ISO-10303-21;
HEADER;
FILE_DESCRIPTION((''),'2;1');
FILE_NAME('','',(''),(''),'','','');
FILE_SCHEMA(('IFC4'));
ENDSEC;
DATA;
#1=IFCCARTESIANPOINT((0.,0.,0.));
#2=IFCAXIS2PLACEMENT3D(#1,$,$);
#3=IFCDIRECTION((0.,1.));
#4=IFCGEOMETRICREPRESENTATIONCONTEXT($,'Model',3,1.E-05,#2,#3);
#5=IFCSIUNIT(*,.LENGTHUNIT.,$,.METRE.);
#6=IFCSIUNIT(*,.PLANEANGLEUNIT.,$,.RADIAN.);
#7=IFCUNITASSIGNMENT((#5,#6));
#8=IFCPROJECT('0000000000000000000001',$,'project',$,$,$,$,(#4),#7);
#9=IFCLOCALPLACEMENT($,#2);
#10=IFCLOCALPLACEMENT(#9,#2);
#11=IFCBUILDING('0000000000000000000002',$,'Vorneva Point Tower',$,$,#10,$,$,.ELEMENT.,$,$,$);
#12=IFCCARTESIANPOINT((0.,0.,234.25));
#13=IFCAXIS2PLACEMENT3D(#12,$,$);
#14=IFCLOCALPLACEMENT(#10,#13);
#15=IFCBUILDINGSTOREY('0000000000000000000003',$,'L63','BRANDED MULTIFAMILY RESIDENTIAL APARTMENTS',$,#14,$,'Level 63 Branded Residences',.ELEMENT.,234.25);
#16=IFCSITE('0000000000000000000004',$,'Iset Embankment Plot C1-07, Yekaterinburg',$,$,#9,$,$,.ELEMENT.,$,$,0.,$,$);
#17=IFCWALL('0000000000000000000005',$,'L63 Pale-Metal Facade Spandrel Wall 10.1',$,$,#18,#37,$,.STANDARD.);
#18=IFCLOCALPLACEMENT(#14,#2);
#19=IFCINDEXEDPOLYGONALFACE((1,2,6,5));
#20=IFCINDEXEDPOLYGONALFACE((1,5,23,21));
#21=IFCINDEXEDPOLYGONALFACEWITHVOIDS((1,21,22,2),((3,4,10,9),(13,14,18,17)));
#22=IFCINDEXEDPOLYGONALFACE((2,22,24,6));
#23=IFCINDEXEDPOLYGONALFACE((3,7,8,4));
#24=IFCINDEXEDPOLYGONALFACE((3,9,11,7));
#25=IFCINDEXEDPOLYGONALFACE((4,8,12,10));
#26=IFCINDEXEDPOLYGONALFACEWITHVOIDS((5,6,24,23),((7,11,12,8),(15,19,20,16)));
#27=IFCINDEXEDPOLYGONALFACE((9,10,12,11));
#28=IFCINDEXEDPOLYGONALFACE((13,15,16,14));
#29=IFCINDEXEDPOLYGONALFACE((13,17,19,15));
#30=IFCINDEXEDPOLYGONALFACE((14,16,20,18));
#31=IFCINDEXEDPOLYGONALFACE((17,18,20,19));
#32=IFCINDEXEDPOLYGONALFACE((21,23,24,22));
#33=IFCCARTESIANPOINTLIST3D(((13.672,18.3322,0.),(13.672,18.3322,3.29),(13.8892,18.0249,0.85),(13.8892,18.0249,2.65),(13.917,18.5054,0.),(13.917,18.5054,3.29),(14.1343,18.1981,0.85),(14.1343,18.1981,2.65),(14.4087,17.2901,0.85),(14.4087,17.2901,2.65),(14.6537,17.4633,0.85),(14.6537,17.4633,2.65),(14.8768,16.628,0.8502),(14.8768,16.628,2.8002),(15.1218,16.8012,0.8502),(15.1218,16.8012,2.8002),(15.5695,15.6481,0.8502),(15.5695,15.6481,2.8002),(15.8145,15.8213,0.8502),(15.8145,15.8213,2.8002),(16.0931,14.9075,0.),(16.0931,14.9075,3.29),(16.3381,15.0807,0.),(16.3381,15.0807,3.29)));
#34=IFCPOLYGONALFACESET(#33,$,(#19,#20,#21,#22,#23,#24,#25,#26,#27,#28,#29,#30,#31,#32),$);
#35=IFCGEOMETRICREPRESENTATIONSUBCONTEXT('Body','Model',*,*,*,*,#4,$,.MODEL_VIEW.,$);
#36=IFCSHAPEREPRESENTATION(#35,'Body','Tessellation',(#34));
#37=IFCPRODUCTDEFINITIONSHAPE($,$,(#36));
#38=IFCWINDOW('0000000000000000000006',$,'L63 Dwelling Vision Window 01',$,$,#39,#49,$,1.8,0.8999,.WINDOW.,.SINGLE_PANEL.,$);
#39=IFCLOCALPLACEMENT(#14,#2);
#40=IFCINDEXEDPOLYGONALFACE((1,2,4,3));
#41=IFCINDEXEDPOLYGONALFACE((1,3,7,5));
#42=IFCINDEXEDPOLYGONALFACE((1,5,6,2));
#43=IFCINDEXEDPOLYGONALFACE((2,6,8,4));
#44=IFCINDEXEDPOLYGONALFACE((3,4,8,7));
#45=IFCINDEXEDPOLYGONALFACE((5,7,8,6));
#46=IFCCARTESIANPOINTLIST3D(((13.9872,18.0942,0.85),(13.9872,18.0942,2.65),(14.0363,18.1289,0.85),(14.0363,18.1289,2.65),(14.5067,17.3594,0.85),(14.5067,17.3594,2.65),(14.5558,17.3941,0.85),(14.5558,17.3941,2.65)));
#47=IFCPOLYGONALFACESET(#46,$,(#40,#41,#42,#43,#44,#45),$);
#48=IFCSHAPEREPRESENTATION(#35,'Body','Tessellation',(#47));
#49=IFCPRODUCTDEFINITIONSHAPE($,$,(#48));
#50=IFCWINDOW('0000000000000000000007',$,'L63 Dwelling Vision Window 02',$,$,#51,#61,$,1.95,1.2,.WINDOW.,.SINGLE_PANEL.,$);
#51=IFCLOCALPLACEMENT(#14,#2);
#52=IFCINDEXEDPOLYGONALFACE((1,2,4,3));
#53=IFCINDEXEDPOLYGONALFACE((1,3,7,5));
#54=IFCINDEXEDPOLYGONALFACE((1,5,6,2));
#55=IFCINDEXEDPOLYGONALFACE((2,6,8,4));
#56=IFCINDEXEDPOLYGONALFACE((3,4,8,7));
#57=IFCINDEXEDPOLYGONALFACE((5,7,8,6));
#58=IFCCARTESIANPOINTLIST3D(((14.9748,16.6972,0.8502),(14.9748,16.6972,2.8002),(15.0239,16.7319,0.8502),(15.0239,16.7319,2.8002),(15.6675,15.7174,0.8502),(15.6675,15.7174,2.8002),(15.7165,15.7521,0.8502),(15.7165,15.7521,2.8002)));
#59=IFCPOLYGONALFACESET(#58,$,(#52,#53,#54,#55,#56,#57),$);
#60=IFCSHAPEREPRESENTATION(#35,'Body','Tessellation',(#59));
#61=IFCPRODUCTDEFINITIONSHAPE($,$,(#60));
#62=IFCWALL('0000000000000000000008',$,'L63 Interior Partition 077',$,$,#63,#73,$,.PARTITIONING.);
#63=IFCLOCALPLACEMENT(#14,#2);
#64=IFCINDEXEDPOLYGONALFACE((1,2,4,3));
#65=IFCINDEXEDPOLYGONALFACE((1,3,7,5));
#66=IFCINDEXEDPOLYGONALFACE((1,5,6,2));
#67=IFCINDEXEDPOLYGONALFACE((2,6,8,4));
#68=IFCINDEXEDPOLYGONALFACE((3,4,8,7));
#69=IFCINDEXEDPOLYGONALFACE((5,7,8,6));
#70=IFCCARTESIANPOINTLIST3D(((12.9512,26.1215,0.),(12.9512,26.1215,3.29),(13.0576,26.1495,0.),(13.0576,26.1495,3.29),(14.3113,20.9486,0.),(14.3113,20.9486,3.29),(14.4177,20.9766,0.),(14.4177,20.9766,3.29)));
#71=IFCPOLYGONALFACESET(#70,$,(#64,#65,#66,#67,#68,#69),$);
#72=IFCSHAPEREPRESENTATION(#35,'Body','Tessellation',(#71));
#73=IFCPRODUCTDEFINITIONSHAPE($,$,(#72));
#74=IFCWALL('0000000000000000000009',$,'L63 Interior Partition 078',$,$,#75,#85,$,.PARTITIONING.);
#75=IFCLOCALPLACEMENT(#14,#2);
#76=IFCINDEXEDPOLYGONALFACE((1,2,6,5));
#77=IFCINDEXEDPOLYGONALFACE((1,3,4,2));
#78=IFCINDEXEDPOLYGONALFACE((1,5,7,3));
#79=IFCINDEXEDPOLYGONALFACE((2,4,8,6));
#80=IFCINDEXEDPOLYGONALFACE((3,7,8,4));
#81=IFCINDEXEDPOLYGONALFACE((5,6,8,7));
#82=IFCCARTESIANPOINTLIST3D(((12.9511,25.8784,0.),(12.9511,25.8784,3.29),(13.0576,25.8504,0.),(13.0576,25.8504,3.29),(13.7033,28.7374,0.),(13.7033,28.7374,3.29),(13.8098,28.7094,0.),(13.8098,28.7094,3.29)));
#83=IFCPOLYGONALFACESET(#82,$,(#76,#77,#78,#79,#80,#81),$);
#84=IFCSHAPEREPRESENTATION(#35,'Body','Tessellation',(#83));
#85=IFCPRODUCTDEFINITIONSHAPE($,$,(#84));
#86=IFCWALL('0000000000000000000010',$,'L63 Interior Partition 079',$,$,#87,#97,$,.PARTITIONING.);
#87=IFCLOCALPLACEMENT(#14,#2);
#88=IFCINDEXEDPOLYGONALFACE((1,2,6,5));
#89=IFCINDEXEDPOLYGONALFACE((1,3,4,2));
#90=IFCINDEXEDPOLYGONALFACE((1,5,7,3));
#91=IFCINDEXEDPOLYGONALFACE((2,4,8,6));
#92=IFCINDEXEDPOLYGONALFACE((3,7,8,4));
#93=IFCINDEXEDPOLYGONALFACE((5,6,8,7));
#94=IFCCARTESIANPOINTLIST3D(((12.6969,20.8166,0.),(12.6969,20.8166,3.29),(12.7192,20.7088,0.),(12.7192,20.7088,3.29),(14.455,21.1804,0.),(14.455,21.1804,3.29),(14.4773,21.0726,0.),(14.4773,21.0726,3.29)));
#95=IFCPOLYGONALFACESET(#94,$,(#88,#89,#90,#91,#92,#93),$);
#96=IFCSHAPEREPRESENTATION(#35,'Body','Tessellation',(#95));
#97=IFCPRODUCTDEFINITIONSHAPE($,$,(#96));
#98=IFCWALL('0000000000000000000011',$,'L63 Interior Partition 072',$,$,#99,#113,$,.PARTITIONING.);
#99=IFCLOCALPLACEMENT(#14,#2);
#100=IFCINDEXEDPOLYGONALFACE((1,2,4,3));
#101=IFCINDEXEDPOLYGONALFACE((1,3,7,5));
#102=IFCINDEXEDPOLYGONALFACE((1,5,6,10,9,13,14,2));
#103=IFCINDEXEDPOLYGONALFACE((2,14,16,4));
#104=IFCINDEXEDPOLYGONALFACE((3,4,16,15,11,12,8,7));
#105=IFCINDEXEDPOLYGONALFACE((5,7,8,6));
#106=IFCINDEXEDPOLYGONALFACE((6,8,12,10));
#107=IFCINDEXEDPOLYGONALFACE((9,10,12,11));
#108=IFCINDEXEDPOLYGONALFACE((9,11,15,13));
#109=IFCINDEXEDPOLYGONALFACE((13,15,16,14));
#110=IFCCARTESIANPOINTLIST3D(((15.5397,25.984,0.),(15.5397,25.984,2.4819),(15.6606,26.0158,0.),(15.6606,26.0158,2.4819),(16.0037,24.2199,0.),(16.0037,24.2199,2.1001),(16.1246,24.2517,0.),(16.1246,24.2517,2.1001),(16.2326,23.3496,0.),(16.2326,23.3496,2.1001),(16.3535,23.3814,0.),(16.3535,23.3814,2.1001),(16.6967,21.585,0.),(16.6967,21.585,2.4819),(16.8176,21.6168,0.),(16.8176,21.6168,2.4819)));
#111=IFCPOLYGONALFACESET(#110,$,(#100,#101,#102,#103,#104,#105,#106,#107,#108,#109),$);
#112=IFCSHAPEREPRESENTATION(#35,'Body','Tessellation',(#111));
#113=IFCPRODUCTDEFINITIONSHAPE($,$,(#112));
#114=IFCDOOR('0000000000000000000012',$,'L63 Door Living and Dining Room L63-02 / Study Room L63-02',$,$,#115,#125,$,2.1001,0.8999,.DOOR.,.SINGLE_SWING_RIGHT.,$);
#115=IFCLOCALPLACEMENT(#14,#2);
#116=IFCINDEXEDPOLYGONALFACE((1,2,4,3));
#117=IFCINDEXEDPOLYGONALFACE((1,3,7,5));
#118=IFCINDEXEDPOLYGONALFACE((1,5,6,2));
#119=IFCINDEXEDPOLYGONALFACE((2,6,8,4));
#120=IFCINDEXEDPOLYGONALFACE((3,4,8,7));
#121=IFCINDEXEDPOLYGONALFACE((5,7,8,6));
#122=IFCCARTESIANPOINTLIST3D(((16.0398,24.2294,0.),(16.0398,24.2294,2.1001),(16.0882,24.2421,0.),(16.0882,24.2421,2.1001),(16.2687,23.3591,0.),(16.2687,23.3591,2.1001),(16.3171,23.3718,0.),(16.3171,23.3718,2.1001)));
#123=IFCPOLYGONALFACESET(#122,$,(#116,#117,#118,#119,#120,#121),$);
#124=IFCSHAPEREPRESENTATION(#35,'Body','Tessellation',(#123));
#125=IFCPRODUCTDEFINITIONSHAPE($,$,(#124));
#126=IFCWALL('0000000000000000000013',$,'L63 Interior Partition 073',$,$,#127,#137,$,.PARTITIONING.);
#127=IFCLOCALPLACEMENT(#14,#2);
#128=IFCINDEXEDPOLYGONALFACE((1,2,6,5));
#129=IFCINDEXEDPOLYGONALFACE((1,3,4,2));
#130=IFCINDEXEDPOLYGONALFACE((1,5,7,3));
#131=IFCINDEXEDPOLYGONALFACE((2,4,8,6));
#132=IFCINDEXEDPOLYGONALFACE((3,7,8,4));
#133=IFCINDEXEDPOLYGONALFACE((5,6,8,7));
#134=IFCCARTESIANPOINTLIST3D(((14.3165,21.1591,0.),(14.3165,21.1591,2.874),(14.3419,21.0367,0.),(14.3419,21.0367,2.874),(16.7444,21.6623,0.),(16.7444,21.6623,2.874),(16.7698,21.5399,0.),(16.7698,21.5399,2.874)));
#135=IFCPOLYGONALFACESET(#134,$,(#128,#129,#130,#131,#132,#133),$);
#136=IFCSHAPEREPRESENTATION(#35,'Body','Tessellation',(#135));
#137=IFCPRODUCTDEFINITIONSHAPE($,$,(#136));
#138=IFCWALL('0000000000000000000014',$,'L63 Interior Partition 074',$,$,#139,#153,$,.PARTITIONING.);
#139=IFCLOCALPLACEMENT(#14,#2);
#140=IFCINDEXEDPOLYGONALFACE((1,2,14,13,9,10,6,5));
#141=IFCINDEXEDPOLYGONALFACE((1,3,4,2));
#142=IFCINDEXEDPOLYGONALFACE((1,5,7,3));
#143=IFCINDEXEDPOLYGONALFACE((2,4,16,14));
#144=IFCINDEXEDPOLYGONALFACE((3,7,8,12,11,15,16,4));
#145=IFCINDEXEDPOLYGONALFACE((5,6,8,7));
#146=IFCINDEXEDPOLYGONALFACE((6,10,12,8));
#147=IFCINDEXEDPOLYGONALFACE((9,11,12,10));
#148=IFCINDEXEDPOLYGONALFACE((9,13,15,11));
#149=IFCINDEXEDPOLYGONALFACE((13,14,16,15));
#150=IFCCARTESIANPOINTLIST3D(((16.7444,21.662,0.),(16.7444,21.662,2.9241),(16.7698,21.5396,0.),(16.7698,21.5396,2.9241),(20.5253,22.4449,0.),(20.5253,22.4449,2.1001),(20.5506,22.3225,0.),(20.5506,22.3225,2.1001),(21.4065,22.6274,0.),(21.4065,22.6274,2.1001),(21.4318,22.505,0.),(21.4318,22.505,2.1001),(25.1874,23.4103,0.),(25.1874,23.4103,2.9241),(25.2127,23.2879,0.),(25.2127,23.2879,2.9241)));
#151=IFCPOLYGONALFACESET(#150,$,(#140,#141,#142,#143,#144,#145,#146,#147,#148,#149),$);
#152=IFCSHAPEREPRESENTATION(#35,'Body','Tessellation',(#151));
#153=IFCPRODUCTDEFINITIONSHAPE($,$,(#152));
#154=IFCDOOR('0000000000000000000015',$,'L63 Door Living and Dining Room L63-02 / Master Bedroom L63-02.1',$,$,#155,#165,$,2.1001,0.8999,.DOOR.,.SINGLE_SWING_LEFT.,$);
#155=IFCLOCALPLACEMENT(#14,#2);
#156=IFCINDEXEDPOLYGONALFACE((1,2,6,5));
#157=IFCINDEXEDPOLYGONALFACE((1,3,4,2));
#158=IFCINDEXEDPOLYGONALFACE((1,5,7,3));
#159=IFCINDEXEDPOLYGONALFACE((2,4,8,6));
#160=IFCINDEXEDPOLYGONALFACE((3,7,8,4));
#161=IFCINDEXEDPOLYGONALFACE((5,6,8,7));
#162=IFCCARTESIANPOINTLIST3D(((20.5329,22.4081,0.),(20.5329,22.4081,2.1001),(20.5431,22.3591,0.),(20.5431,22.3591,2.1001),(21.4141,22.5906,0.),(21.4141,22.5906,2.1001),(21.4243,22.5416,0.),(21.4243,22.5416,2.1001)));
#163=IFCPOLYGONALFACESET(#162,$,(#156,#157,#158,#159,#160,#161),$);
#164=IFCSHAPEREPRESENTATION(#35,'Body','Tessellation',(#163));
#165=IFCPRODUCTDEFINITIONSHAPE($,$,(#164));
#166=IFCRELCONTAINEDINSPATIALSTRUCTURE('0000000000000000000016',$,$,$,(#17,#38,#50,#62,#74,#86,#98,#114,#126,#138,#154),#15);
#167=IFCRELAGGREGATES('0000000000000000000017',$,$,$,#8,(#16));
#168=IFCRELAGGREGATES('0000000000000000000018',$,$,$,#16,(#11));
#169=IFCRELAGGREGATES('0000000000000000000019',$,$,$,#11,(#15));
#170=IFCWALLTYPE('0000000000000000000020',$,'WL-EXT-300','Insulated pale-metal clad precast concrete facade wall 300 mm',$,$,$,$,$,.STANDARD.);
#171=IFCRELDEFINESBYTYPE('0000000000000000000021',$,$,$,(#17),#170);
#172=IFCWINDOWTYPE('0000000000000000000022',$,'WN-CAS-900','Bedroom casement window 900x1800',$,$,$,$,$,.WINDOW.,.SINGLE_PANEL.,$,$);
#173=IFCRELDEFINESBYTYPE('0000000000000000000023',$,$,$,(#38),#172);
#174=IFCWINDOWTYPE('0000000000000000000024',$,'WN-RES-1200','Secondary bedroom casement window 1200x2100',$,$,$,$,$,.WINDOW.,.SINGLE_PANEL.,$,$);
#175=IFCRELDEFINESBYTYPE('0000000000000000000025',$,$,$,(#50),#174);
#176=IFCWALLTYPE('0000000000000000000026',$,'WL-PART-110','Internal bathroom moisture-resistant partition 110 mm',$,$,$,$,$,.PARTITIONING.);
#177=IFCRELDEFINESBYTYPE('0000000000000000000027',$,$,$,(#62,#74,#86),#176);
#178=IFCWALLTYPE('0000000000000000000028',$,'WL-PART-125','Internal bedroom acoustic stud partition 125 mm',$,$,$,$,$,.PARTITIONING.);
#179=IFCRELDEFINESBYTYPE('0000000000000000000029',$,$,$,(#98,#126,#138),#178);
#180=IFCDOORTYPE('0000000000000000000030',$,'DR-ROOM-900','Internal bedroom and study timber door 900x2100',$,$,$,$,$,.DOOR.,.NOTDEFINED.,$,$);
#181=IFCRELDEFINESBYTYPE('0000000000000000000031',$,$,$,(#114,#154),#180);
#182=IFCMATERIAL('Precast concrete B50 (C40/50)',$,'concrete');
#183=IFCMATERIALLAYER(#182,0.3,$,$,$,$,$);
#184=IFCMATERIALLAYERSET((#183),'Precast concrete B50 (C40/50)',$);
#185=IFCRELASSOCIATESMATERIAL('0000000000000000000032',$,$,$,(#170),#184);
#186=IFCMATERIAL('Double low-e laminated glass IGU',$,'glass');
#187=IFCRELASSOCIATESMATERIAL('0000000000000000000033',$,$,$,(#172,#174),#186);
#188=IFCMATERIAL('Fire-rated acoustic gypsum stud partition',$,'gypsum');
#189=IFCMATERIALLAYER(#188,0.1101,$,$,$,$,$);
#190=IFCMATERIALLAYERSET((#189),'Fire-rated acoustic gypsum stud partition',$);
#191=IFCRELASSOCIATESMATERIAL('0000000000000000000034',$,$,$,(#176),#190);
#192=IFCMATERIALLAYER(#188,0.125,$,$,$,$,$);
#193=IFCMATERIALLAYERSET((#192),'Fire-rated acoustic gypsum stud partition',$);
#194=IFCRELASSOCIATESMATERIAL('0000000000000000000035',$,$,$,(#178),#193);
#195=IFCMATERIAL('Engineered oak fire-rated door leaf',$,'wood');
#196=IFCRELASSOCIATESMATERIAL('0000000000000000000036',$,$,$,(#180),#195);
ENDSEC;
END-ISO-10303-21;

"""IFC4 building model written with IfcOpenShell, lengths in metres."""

from ifc_helpers import new_model, si_unit, direction, frame, frame_2d, origin, place, context, subcontext, project, spatial, rectangle, extrude, material, layer, layer_set, type_object, element, fill, save


model = new_model("IFC4")

# Units and contexts
model_context = context("Model", 3, precision=1e-05, world=origin(), true_north=direction((0.0, 1.0)))
body_context = subcontext(model_context, "Body", "Model", "MODEL_VIEW")
ifc_project = project(units=[si_unit("LENGTHUNIT", "METRE"), si_unit("PLANEANGLEUNIT", "RADIAN")], contexts=[model_context])

# Site, building, storey
site_placement = place(None, origin())
site = spatial("IfcSite", under=ifc_project, at=site_placement, Name="Iset Embankment Plot C1-07, Yekaterinburg", CompositionType="ELEMENT", RefElevation=0.0)
building_placement = place(site_placement, origin())
building = spatial("IfcBuilding", under=site, at=building_placement, Name="Vorneva Point Tower", CompositionType="ELEMENT")
storey_placement = place(building_placement, frame((0.0, 0.0, 234.25)))
storey = spatial("IfcBuildingStorey", under=building, at=storey_placement, Name="L63", Description="BRANDED MULTIFAMILY RESIDENTIAL APARTMENTS", LongName="Level 63 Branded Residences", CompositionType="ELEMENT", Elevation=234.25)

# Shared definitions
ifc_material_1 = material(Name="Double low-e laminated glass IGU", Category="glass")

# Wall, openings, windows
ifc_material_2 = material(Name="Precast concrete B50 (C40/50)", Category="concrete")
ifc_layer_1 = layer(ifc_material_2, 0.3)
ifc_layer_set_1 = layer_set([ifc_layer_1], Name="Precast concrete B50 (C40/50)")
wall_type_1 = type_object("IfcWallType", Name="WL-EXT-300", Description="Insulated pale-metal clad precast concrete facade wall 300 mm", PredefinedType="STANDARD", material=ifc_layer_set_1)
wall_1_placement = place(storey_placement, frame((13.7944, 18.4189, 0.0), z_axis=(0.0, 0.0, 1.0), x_axis=(0.577261, -0.81656, 0.0)))
wall_1 = element("IfcWall", 1, at=wall_1_placement, inside=storey, type_object=wall_type_1, Name="L63 Pale-Metal Facade Spandrel Wall 10.1", PredefinedType="STANDARD", context=body_context, shape_type="SweptSolid", body=[
    extrude(rectangle(XDim=4.1941, YDim=0.3, at=frame_2d((2.0972, 0.0))), origin(), (0.0, 0.0, 1.0), 3.29),
])
opening_1_placement = place(wall_1_placement, frame((0.3765, 0.0, 0.8501)))
opening_1 = element("IfcOpeningElement", 2, at=opening_1_placement, cuts=wall_1, PredefinedType="OPENING", context=body_context, shape_type="SweptSolid", body=[
    extrude(rectangle(XDim=0.8999, YDim=1.8, at=frame_2d((0.45, 0.8999))), frame((0.0, 0.165, 0.0), z_axis=(0.0, -1.0, 0.0), x_axis=(1.0, 0.0, 0.0)), (0.0, 0.0, 1.0), 0.3298),
])
opening_2_placement = place(wall_1_placement, frame((2.0872, 0.0, 0.8501)))
opening_2 = element("IfcOpeningElement", 3, at=opening_2_placement, cuts=wall_1, PredefinedType="OPENING", context=body_context, shape_type="SweptSolid", body=[
    extrude(rectangle(XDim=1.2, YDim=1.95, at=frame_2d((0.6001, 0.9751))), frame((0.0, 0.165, 0.0), z_axis=(0.0, -1.0, 0.0), x_axis=(1.0, 0.0, 0.0)), (0.0, 0.0, 1.0), 0.3298),
])
window_type_1 = type_object("IfcWindowType", Name="WN-CAS-900", Description="Bedroom casement window 900x1800", PartitioningType="SINGLE_PANEL", PredefinedType="WINDOW", material=ifc_material_1)
window_1_placement = place(opening_1_placement, origin())
window_1 = element("IfcWindow", 4, at=window_1_placement, inside=storey, type_object=window_type_1, Name="L63 Dwelling Vision Window 01", OverallHeight=1.8, OverallWidth=0.8999, PartitioningType="SINGLE_PANEL", PredefinedType="WINDOW", context=body_context, shape_type="SweptSolid", body=[
    extrude(rectangle(XDim=0.8999, YDim=1.8, at=frame_2d((0.45, 0.8999))), frame((0.0, 0.03, 0.0), z_axis=(0.0, -1.0, 0.0), x_axis=(1.0, 0.0, 0.0)), (0.0, 0.0, 1.0), 0.0601),
])
fill(opening_1, window_1)
window_type_2 = type_object("IfcWindowType", Name="WN-RES-1200", Description="Secondary bedroom casement window 1200x2100", PartitioningType="SINGLE_PANEL", PredefinedType="WINDOW", material=ifc_material_1)
window_2_placement = place(opening_2_placement, origin())
window_2 = element("IfcWindow", 5, at=window_2_placement, inside=storey, type_object=window_type_2, Name="L63 Dwelling Vision Window 02", OverallHeight=1.95, OverallWidth=1.2, PartitioningType="SINGLE_PANEL", PredefinedType="WINDOW", context=body_context, shape_type="SweptSolid", body=[
    extrude(rectangle(XDim=1.2, YDim=1.95, at=frame_2d((0.6001, 0.9751))), frame((0.0, 0.03, 0.0), z_axis=(0.0, -1.0, 0.0), x_axis=(1.0, 0.0, 0.0)), (0.0, 0.0, 1.0), 0.0601),
])
fill(opening_2, window_2)

# Walls
ifc_material_3 = material(Name="Fire-rated acoustic gypsum stud partition", Category="gypsum")
ifc_layer_2 = layer(ifc_material_3, 0.1101)
ifc_layer_set_2 = layer_set([ifc_layer_2], Name="Fire-rated acoustic gypsum stud partition")
wall_type_2 = type_object("IfcWallType", Name="WL-PART-110", Description="Internal bathroom moisture-resistant partition 110 mm", PredefinedType="PARTITIONING", material=ifc_layer_set_2)
wall_2_placement = place(storey_placement, frame((14.3645, 20.9626, 0.0), z_axis=(0.0, 0.0, 1.0), x_axis=(-0.254289, 0.967128, 0.0)))
element("IfcWall", 6, at=wall_2_placement, inside=storey, type_object=wall_type_2, Name="L63 Interior Partition 077", PredefinedType="PARTITIONING", context=body_context, shape_type="SweptSolid", body=[
    extrude(rectangle(XDim=5.3486, YDim=0.1101, at=frame_2d((2.6743, 0.0))), origin(), (0.0, 0.0, 1.0), 3.29),
])
wall_3_placement = place(storey_placement, frame((13.0044, 25.8645, 0.0), z_axis=(0.0, 0.0, 1.0), x_axis=(0.254449, 0.967086, 0.0)))
element("IfcWall", 7, at=wall_3_placement, inside=storey, type_object=wall_type_2, Name="L63 Interior Partition 078", PredefinedType="PARTITIONING", context=body_context, shape_type="SweptSolid", body=[
    extrude(rectangle(XDim=2.9563, YDim=0.1101, at=frame_2d((1.478, 0.0))), origin(), (0.0, 0.0, 1.0), 3.29),
])
wall_4_placement = place(storey_placement, frame((12.708, 20.7627, 0.0), z_axis=(0.0, 0.0, 1.0), x_axis=(0.979257, 0.202624, 0.0)))
element("IfcWall", 8, at=wall_4_placement, inside=storey, type_object=wall_type_2, Name="L63 Interior Partition 079", PredefinedType="PARTITIONING", context=body_context, shape_type="SweptSolid", body=[
    extrude(rectangle(XDim=1.7954, YDim=0.1101, at=frame_2d((0.8977, 0.0))), origin(), (0.0, 0.0, 1.0), 3.29),
])

# Wall, opening, door
ifc_layer_3 = layer(ifc_material_3, 0.125)
ifc_layer_set_3 = layer_set([ifc_layer_3], Name="Fire-rated acoustic gypsum stud partition")
wall_type_3 = type_object("IfcWallType", Name="WL-PART-125", Description="Internal bedroom acoustic stud partition 125 mm", PredefinedType="PARTITIONING", material=ifc_layer_set_3)
wall_5_placement = place(storey_placement, frame((15.6001, 26.0, 0.0), z_axis=(0.0, 0.0, 1.0), x_axis=(0.254364, -0.967109, 0.0)))
wall_5 = element("IfcWall", 9, at=wall_5_placement, inside=storey, type_object=wall_type_3, Name="L63 Interior Partition 072", PredefinedType="PARTITIONING", context=body_context, shape_type="SweptSolid", body=[
    extrude(rectangle(XDim=4.5486, YDim=0.125, at=frame_2d((2.2744, 0.0))), origin(), (0.0, 0.0, 1.0), 2.4819),
])
opening_3_placement = place(wall_5_placement, frame((1.8242, 0.0, 0.0)))
opening_3 = element("IfcOpeningElement", 10, at=opening_3_placement, cuts=wall_5, PredefinedType="OPENING", context=body_context, shape_type="SweptSolid", body=[
    extrude(rectangle(XDim=0.8999, YDim=2.1001, at=frame_2d((0.45, 1.05))), frame((0.0, 0.0774, 0.0), z_axis=(0.0, -1.0, 0.0), x_axis=(1.0, 0.0, 0.0)), (0.0, 0.0, 1.0), 0.1548),
])
ifc_material_4 = material(Name="Engineered oak fire-rated door leaf", Category="wood")
door_type = type_object("IfcDoorType", Name="DR-ROOM-900", Description="Internal bedroom and study timber door 900x2100", OperationType="NOTDEFINED", PredefinedType="DOOR", material=ifc_material_4)
door_1_placement = place(opening_3_placement, origin())
door_1 = element("IfcDoor", 11, at=door_1_placement, inside=storey, type_object=door_type, Name="L63 Door Living and Dining Room L63-02 / Study Room L63-02", OperationType="SINGLE_SWING_RIGHT", OverallHeight=2.1001, OverallWidth=0.8999, PredefinedType="DOOR", context=body_context, shape_type="SweptSolid", body=[
    extrude(rectangle(XDim=0.8999, YDim=2.1001, at=frame_2d((0.45, 1.05))), frame((0.0, 0.0249, 0.0), z_axis=(0.0, -1.0, 0.0), x_axis=(1.0, 0.0, 0.0)), (0.0, 0.0, 1.0), 0.05),
])
fill(opening_3, door_1)

# Wall
wall_6_placement = place(storey_placement, frame((16.7571, 21.6011, 0.0), z_axis=(0.0, 0.0, 1.0), x_axis=(-0.979194, -0.202928, 0.0)))
element("IfcWall", 12, at=wall_6_placement, inside=storey, type_object=wall_type_3, Name="L63 Interior Partition 073", PredefinedType="PARTITIONING", context=body_context, shape_type="SweptSolid", body=[
    extrude(rectangle(XDim=2.4795, YDim=0.125, at=frame_2d((1.2397, 0.0))), origin(), (0.0, 0.0, 1.0), 2.874),
])

# Wall, opening, door
wall_7_placement = place(storey_placement, frame((16.7571, 21.6008, 0.0), z_axis=(0.0, 0.0, 1.0), x_axis=(0.979226, 0.202771, 0.0)))
wall_7 = element("IfcWall", 13, at=wall_7_placement, inside=storey, type_object=wall_type_3, Name="L63 Interior Partition 074", PredefinedType="PARTITIONING", context=body_context, shape_type="SweptSolid", body=[
    extrude(rectangle(XDim=8.6221, YDim=0.125, at=frame_2d((4.311, 0.0))), origin(), (0.0, 0.0, 1.0), 2.9241),
])
opening_4_placement = place(wall_7_placement, frame((3.8611, 0.0, 0.0)))
opening_4 = element("IfcOpeningElement", 14, at=opening_4_placement, cuts=wall_7, PredefinedType="OPENING", context=body_context, shape_type="SweptSolid", body=[
    extrude(rectangle(XDim=0.8999, YDim=2.1001, at=frame_2d((0.45, 1.05))), frame((0.0, 0.0774, 0.0), z_axis=(0.0, -1.0, 0.0), x_axis=(1.0, 0.0, 0.0)), (0.0, 0.0, 1.0), 0.1548),
])
door_2_placement = place(opening_4_placement, origin())
door_2 = element("IfcDoor", 15, at=door_2_placement, inside=storey, type_object=door_type, Name="L63 Door Living and Dining Room L63-02 / Master Bedroom L63-02.1", OperationType="SINGLE_SWING_LEFT", OverallHeight=2.1001, OverallWidth=0.8999, PredefinedType="DOOR", context=body_context, shape_type="SweptSolid", body=[
    extrude(rectangle(XDim=0.8999, YDim=2.1001, at=frame_2d((0.45, 1.05))), frame((0.0, 0.0249, 0.0), z_axis=(0.0, -1.0, 0.0), x_axis=(1.0, 0.0, 0.0)), (0.0, 0.0, 1.0), 0.05),
])
fill(opening_4, door_2)

save(model, "model.ifc")
